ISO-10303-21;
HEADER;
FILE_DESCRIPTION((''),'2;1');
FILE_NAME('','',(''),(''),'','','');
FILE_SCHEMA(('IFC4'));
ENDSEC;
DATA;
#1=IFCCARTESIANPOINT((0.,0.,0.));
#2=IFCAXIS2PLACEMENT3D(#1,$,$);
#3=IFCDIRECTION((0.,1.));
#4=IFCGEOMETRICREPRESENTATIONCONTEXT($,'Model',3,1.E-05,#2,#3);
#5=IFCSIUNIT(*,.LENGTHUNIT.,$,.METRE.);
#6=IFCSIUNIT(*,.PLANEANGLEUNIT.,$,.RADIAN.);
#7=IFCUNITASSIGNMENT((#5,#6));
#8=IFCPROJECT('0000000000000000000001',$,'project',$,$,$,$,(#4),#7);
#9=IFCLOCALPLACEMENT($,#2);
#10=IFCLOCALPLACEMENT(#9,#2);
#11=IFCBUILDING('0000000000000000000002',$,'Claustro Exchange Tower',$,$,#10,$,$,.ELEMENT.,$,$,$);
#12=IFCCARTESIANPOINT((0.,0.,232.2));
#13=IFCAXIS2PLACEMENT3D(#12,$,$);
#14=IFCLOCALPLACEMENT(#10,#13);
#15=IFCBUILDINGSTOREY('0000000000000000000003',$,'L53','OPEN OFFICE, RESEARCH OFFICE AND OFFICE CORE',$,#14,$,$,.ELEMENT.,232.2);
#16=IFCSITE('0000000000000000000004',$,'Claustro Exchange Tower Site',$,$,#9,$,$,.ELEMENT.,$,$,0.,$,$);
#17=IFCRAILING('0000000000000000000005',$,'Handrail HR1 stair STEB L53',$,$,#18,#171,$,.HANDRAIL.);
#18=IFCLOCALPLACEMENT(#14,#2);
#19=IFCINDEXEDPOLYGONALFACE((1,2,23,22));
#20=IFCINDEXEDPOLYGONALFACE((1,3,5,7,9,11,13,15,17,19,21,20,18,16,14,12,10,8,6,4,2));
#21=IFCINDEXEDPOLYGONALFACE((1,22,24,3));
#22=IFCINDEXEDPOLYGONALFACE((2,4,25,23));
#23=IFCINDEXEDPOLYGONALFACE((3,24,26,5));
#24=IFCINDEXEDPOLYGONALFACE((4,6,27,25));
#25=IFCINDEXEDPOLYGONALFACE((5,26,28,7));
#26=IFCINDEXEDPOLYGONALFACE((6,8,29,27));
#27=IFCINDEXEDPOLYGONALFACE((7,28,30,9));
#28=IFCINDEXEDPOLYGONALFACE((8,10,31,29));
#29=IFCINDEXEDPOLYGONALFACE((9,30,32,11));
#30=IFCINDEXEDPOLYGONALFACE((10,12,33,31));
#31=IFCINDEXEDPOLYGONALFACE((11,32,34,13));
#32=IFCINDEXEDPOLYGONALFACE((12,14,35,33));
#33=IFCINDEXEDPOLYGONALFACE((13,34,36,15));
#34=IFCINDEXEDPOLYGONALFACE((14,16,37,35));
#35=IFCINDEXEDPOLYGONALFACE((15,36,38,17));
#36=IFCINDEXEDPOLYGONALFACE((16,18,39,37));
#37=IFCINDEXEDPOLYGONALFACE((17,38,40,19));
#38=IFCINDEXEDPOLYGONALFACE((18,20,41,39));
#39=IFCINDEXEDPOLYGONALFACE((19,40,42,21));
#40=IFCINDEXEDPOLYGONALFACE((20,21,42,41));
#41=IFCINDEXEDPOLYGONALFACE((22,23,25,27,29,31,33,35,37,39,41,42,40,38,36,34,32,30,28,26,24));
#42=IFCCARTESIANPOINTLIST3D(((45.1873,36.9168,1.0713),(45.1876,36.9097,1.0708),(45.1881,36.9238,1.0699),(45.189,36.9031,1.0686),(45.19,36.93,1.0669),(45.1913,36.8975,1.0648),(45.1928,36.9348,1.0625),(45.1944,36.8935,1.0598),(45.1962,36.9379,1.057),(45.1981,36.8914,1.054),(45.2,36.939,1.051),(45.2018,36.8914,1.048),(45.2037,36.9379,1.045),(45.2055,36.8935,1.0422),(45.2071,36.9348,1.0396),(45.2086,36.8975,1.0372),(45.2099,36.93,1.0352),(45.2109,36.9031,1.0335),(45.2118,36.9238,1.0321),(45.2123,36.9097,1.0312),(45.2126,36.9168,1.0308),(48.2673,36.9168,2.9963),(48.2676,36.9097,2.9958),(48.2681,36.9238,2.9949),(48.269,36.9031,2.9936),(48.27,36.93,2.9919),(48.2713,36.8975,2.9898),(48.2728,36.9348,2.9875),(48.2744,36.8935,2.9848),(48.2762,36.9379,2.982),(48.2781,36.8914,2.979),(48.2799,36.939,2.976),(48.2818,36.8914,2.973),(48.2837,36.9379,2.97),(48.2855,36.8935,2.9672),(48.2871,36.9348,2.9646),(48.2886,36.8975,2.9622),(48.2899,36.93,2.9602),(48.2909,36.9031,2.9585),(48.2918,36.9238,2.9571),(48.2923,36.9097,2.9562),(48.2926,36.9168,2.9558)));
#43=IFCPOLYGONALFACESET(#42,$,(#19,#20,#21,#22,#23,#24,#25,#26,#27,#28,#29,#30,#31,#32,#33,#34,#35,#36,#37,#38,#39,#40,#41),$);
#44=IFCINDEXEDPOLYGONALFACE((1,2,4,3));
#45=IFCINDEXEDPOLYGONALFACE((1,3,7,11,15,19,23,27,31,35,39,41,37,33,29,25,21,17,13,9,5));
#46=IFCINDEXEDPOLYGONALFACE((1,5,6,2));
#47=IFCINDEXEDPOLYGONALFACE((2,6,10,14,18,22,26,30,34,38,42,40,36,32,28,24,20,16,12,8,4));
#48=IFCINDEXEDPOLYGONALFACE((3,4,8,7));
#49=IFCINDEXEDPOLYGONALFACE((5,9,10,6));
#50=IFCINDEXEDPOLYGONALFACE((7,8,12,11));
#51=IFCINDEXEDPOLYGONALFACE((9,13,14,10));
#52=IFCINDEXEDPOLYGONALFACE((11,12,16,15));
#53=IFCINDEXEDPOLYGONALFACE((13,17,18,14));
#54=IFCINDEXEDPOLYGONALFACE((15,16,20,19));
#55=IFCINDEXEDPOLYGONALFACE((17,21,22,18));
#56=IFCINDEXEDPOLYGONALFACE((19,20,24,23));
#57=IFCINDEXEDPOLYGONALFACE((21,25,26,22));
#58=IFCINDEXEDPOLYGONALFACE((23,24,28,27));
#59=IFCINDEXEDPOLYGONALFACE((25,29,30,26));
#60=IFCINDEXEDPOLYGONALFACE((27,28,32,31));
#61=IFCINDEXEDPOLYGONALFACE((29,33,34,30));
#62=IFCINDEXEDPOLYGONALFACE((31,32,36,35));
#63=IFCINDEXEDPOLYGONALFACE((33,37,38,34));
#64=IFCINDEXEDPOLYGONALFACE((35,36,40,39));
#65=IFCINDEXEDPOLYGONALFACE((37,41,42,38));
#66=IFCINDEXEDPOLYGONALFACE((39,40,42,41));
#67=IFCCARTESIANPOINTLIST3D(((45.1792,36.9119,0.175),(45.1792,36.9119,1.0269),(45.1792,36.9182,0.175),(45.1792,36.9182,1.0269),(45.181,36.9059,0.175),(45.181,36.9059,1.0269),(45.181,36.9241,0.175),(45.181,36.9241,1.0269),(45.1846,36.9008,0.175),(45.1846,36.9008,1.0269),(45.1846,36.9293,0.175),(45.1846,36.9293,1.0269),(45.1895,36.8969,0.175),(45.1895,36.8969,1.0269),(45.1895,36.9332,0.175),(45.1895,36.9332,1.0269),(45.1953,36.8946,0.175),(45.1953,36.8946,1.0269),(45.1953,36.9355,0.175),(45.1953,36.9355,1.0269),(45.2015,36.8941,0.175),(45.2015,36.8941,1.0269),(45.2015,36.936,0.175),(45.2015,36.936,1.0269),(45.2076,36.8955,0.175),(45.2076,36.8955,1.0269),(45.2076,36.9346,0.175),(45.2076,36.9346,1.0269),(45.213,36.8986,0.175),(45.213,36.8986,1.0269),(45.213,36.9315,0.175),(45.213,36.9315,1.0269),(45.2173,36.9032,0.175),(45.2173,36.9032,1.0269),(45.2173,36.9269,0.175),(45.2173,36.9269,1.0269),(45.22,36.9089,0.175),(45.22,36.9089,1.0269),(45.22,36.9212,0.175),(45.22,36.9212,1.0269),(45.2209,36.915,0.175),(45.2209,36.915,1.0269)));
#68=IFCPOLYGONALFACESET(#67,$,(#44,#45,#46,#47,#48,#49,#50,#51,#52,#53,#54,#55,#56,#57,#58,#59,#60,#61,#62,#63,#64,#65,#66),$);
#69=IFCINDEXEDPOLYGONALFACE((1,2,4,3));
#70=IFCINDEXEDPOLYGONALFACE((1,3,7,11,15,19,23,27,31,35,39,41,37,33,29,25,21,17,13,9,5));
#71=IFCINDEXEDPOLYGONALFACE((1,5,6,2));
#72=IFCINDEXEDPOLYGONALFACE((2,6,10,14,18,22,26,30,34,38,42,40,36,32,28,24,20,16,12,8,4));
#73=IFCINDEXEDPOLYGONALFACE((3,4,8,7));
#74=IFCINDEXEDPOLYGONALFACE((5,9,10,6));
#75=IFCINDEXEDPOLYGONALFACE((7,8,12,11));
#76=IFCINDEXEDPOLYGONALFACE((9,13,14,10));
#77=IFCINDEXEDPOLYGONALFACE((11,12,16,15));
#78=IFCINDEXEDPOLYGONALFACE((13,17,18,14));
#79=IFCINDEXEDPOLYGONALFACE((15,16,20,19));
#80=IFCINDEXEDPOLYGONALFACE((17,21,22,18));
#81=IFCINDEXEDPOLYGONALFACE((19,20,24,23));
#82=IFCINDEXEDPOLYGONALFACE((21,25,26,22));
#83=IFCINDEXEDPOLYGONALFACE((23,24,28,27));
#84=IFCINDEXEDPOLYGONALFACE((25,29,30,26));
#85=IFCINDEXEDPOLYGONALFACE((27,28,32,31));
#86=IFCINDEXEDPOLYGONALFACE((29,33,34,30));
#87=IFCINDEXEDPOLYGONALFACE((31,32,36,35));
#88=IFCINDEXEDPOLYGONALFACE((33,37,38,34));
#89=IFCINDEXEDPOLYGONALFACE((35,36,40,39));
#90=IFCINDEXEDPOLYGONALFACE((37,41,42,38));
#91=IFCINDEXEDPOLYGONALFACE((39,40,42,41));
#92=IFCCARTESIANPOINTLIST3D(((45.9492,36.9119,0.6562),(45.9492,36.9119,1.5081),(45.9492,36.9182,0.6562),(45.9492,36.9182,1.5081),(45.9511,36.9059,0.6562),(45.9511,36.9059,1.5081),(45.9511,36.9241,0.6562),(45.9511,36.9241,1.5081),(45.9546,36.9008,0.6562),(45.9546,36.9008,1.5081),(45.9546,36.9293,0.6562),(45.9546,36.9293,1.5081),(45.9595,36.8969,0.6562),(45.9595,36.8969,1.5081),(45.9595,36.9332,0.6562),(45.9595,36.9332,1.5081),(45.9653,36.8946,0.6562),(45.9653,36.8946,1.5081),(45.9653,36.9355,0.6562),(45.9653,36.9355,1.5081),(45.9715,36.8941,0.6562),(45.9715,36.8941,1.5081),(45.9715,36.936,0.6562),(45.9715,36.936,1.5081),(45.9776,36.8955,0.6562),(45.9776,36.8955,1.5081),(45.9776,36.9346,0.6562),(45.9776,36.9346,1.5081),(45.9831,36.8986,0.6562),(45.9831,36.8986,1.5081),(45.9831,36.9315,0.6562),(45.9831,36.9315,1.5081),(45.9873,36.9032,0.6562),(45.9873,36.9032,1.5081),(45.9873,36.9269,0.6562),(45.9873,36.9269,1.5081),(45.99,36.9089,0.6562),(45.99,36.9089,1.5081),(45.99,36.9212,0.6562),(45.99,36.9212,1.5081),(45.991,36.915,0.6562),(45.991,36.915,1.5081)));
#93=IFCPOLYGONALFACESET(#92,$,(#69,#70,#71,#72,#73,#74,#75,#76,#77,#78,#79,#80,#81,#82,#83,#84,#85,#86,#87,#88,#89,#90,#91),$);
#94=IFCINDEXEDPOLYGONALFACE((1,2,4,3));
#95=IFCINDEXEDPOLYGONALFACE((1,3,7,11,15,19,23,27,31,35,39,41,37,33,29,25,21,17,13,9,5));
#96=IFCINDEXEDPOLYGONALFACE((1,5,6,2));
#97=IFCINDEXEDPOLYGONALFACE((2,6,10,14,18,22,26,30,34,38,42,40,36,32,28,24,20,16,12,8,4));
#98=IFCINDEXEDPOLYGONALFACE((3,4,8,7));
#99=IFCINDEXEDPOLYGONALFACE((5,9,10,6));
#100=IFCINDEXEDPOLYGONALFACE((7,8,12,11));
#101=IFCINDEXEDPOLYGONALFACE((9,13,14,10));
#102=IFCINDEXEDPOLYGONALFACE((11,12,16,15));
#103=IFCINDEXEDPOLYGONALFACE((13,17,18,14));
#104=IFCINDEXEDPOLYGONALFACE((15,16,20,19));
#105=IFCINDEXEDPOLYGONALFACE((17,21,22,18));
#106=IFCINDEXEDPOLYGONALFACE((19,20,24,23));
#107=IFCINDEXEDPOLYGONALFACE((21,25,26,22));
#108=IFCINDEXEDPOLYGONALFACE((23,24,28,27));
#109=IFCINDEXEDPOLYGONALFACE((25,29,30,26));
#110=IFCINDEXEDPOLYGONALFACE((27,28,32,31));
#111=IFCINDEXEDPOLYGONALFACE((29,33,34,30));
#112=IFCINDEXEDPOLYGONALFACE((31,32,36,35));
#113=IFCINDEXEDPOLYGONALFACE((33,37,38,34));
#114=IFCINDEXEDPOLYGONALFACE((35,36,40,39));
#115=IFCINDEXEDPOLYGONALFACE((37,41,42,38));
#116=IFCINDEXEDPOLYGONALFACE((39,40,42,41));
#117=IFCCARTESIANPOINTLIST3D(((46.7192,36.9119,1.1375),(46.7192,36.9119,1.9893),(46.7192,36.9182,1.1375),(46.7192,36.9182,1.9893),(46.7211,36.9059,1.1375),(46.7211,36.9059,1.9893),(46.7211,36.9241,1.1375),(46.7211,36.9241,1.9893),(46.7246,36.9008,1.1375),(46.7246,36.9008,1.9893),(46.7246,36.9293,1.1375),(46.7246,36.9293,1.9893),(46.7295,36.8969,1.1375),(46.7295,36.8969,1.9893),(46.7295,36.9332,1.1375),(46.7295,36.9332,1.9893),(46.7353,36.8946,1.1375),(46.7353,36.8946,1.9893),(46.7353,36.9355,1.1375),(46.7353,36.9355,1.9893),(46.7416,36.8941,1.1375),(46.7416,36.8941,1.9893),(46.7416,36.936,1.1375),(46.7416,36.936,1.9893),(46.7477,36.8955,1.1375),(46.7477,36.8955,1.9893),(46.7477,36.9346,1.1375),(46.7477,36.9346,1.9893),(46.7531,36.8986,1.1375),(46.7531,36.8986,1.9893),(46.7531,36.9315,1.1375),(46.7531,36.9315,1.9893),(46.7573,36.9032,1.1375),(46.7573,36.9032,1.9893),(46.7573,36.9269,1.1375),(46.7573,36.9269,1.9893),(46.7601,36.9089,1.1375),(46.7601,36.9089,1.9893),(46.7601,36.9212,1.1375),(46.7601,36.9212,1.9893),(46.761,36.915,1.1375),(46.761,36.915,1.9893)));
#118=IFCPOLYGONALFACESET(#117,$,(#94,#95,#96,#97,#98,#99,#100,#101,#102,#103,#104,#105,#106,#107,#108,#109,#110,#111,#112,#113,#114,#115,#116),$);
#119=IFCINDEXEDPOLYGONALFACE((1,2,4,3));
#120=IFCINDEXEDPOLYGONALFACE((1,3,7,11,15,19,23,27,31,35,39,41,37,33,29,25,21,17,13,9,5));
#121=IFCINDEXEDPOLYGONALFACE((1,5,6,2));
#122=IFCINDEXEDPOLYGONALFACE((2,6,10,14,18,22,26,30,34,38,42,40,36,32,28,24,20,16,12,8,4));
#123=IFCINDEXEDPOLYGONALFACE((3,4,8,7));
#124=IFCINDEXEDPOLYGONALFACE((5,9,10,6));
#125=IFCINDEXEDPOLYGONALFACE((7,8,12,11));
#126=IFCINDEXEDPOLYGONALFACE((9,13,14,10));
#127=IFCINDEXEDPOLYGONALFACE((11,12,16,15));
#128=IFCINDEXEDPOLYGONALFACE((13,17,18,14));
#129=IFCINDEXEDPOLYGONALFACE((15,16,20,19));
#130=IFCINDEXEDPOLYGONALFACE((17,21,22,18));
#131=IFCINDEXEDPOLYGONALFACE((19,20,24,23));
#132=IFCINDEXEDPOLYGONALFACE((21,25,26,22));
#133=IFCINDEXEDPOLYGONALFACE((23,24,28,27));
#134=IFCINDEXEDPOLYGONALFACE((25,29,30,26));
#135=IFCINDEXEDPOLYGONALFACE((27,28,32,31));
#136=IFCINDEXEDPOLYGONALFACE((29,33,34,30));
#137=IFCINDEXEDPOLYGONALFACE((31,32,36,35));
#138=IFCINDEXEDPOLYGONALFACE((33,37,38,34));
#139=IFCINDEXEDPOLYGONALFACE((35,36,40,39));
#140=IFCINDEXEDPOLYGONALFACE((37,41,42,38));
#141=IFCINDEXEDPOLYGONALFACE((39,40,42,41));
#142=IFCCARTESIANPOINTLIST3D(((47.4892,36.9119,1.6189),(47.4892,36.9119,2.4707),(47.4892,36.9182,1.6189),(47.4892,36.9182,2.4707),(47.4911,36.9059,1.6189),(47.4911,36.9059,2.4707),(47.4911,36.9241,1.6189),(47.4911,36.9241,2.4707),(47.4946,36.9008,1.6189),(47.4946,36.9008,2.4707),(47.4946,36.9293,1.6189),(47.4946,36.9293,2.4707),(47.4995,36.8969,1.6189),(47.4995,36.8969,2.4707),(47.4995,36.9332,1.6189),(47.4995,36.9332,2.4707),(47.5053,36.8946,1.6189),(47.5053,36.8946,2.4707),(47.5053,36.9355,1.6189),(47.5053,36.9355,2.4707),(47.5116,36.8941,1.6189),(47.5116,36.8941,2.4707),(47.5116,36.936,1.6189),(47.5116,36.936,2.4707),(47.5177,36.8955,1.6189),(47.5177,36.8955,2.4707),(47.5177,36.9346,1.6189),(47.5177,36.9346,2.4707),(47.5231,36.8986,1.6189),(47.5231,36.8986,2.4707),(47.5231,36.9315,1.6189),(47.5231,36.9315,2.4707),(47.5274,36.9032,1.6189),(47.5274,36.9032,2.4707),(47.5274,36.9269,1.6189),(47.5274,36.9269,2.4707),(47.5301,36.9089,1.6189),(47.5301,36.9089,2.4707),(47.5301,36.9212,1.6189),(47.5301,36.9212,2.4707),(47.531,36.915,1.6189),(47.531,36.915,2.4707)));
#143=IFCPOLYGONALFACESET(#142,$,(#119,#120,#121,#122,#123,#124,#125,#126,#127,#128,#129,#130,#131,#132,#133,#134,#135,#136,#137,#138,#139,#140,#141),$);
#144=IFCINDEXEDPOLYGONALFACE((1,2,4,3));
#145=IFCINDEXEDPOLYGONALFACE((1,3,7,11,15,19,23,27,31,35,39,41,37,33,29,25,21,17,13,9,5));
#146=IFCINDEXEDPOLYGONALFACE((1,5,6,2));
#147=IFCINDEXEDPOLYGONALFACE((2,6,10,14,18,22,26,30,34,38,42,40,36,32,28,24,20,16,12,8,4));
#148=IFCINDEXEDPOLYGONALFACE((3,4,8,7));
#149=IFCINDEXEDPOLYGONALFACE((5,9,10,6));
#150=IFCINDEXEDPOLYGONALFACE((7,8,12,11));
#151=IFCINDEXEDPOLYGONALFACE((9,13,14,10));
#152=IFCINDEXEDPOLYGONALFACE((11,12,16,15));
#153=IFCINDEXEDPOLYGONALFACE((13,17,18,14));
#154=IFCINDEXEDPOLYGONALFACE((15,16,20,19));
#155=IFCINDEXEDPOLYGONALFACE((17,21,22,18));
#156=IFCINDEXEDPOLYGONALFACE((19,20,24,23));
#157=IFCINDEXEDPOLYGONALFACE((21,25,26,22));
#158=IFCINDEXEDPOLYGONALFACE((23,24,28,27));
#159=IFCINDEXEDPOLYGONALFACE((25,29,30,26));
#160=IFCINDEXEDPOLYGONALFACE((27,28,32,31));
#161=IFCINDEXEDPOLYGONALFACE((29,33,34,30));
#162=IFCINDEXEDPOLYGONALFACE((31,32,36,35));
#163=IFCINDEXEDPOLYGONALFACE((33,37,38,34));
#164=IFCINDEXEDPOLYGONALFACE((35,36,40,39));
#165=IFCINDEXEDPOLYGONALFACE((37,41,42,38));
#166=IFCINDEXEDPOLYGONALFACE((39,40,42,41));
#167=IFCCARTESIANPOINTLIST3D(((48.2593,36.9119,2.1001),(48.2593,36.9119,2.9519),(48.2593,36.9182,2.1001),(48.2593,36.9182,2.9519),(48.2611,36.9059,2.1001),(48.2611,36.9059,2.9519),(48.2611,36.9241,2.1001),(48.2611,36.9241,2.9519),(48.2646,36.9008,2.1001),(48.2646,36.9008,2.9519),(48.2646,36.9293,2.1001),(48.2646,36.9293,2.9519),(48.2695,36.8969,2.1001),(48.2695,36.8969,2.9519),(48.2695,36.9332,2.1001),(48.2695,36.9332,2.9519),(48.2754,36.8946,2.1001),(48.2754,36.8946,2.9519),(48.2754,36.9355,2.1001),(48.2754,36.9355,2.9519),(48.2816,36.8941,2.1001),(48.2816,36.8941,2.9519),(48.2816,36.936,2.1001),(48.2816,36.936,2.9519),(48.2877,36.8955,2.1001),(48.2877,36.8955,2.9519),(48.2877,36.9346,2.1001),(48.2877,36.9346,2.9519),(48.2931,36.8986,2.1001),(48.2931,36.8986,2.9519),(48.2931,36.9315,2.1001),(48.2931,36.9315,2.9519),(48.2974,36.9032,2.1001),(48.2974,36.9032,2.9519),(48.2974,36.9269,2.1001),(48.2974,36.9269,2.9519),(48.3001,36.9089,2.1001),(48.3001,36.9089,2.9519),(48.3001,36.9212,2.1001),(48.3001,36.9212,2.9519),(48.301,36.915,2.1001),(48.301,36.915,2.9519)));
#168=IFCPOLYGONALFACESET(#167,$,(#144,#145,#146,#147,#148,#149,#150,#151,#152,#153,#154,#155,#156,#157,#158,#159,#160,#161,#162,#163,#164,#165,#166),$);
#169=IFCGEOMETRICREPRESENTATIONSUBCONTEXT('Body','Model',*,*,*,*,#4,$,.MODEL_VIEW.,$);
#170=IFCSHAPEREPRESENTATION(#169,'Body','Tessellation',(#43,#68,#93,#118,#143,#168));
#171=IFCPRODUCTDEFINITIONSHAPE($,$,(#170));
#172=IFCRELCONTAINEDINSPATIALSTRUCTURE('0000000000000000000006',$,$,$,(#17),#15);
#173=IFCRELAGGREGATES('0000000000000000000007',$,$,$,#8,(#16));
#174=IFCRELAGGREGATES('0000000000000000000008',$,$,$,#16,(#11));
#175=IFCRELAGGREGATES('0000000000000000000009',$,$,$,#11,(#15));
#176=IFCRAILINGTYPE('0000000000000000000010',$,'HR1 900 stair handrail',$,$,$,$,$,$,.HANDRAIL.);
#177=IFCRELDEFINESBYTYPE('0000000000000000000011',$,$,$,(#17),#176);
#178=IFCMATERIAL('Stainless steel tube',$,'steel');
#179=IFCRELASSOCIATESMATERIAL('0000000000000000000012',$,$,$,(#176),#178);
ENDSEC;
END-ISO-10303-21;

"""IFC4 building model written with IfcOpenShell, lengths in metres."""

from ifc_helpers import new_model, si_unit, direction, frame, origin, origin_2d, place, context, subcontext, project, spatial, circle, extrude, material, type_object, element, save


model = new_model("IFC4")

# Units and contexts
model_context = context("Model", 3, precision=1e-05, world=origin(), true_north=direction((0.0, 1.0)))
body_context = subcontext(model_context, "Body", "Model", "MODEL_VIEW")
ifc_project = project(units=[si_unit("LENGTHUNIT", "METRE"), si_unit("PLANEANGLEUNIT", "RADIAN")], contexts=[model_context])

# Site, building, storey
site_placement = place(None, origin())
site = spatial("IfcSite", under=ifc_project, at=site_placement, Name="Claustro Exchange Tower Site", CompositionType="ELEMENT", RefElevation=0.0)
building_placement = place(site_placement, origin())
building = spatial("IfcBuilding", under=site, at=building_placement, Name="Claustro Exchange Tower", CompositionType="ELEMENT")
storey_placement = place(building_placement, frame((0.0, 0.0, 232.2)))
storey = spatial("IfcBuildingStorey", under=building, at=storey_placement, Name="L53", Description="OPEN OFFICE, RESEARCH OFFICE AND OFFICE CORE", CompositionType="ELEMENT", Elevation=232.2)

# Railing
ifc_material_1 = material(Name="Stainless steel tube", Category="steel")
railing_type_1 = type_object("IfcRailingType", Name="HR1 900 stair handrail", PredefinedType="HANDRAIL", material=ifc_material_1)
railing_1_placement = place(storey_placement, frame((45.2, 36.915, 0.175)))
element("IfcRailing", 1, at=railing_1_placement, inside=storey, type_object=railing_type_1, Name="Handrail HR1 stair STEB L53", PredefinedType="HANDRAIL", context=body_context, shape_type="SweptSolid", body=[
    extrude(circle(Radius=0.0239, at=origin_2d()), frame((0.0, 0.0, 0.876), z_axis=(0.847998, 0.0, 0.529999), x_axis=(0.0, 1.0, 0.0)), (0.0, 0.0, 1.0), 3.6321),
    extrude(circle(Radius=0.021, at=origin_2d()), origin(), (0.0, 0.0, 1.0), 0.8518),
    extrude(circle(Radius=0.021, at=origin_2d()), frame((0.77, 0.0, 0.4812)), (0.0, 0.0, 1.0), 0.8518),
    extrude(circle(Radius=0.021, at=origin_2d()), frame((1.54, 0.0, 0.9624)), (0.0, 0.0, 1.0), 0.8518),
    extrude(circle(Radius=0.021, at=origin_2d()), frame((2.3101, 0.0, 1.4438)), (0.0, 0.0, 1.0), 0.8518),
    extrude(circle(Radius=0.021, at=origin_2d()), frame((3.0801, 0.0, 1.925)), (0.0, 0.0, 1.0), 0.8518),
])

save(model, "model.ifc")
